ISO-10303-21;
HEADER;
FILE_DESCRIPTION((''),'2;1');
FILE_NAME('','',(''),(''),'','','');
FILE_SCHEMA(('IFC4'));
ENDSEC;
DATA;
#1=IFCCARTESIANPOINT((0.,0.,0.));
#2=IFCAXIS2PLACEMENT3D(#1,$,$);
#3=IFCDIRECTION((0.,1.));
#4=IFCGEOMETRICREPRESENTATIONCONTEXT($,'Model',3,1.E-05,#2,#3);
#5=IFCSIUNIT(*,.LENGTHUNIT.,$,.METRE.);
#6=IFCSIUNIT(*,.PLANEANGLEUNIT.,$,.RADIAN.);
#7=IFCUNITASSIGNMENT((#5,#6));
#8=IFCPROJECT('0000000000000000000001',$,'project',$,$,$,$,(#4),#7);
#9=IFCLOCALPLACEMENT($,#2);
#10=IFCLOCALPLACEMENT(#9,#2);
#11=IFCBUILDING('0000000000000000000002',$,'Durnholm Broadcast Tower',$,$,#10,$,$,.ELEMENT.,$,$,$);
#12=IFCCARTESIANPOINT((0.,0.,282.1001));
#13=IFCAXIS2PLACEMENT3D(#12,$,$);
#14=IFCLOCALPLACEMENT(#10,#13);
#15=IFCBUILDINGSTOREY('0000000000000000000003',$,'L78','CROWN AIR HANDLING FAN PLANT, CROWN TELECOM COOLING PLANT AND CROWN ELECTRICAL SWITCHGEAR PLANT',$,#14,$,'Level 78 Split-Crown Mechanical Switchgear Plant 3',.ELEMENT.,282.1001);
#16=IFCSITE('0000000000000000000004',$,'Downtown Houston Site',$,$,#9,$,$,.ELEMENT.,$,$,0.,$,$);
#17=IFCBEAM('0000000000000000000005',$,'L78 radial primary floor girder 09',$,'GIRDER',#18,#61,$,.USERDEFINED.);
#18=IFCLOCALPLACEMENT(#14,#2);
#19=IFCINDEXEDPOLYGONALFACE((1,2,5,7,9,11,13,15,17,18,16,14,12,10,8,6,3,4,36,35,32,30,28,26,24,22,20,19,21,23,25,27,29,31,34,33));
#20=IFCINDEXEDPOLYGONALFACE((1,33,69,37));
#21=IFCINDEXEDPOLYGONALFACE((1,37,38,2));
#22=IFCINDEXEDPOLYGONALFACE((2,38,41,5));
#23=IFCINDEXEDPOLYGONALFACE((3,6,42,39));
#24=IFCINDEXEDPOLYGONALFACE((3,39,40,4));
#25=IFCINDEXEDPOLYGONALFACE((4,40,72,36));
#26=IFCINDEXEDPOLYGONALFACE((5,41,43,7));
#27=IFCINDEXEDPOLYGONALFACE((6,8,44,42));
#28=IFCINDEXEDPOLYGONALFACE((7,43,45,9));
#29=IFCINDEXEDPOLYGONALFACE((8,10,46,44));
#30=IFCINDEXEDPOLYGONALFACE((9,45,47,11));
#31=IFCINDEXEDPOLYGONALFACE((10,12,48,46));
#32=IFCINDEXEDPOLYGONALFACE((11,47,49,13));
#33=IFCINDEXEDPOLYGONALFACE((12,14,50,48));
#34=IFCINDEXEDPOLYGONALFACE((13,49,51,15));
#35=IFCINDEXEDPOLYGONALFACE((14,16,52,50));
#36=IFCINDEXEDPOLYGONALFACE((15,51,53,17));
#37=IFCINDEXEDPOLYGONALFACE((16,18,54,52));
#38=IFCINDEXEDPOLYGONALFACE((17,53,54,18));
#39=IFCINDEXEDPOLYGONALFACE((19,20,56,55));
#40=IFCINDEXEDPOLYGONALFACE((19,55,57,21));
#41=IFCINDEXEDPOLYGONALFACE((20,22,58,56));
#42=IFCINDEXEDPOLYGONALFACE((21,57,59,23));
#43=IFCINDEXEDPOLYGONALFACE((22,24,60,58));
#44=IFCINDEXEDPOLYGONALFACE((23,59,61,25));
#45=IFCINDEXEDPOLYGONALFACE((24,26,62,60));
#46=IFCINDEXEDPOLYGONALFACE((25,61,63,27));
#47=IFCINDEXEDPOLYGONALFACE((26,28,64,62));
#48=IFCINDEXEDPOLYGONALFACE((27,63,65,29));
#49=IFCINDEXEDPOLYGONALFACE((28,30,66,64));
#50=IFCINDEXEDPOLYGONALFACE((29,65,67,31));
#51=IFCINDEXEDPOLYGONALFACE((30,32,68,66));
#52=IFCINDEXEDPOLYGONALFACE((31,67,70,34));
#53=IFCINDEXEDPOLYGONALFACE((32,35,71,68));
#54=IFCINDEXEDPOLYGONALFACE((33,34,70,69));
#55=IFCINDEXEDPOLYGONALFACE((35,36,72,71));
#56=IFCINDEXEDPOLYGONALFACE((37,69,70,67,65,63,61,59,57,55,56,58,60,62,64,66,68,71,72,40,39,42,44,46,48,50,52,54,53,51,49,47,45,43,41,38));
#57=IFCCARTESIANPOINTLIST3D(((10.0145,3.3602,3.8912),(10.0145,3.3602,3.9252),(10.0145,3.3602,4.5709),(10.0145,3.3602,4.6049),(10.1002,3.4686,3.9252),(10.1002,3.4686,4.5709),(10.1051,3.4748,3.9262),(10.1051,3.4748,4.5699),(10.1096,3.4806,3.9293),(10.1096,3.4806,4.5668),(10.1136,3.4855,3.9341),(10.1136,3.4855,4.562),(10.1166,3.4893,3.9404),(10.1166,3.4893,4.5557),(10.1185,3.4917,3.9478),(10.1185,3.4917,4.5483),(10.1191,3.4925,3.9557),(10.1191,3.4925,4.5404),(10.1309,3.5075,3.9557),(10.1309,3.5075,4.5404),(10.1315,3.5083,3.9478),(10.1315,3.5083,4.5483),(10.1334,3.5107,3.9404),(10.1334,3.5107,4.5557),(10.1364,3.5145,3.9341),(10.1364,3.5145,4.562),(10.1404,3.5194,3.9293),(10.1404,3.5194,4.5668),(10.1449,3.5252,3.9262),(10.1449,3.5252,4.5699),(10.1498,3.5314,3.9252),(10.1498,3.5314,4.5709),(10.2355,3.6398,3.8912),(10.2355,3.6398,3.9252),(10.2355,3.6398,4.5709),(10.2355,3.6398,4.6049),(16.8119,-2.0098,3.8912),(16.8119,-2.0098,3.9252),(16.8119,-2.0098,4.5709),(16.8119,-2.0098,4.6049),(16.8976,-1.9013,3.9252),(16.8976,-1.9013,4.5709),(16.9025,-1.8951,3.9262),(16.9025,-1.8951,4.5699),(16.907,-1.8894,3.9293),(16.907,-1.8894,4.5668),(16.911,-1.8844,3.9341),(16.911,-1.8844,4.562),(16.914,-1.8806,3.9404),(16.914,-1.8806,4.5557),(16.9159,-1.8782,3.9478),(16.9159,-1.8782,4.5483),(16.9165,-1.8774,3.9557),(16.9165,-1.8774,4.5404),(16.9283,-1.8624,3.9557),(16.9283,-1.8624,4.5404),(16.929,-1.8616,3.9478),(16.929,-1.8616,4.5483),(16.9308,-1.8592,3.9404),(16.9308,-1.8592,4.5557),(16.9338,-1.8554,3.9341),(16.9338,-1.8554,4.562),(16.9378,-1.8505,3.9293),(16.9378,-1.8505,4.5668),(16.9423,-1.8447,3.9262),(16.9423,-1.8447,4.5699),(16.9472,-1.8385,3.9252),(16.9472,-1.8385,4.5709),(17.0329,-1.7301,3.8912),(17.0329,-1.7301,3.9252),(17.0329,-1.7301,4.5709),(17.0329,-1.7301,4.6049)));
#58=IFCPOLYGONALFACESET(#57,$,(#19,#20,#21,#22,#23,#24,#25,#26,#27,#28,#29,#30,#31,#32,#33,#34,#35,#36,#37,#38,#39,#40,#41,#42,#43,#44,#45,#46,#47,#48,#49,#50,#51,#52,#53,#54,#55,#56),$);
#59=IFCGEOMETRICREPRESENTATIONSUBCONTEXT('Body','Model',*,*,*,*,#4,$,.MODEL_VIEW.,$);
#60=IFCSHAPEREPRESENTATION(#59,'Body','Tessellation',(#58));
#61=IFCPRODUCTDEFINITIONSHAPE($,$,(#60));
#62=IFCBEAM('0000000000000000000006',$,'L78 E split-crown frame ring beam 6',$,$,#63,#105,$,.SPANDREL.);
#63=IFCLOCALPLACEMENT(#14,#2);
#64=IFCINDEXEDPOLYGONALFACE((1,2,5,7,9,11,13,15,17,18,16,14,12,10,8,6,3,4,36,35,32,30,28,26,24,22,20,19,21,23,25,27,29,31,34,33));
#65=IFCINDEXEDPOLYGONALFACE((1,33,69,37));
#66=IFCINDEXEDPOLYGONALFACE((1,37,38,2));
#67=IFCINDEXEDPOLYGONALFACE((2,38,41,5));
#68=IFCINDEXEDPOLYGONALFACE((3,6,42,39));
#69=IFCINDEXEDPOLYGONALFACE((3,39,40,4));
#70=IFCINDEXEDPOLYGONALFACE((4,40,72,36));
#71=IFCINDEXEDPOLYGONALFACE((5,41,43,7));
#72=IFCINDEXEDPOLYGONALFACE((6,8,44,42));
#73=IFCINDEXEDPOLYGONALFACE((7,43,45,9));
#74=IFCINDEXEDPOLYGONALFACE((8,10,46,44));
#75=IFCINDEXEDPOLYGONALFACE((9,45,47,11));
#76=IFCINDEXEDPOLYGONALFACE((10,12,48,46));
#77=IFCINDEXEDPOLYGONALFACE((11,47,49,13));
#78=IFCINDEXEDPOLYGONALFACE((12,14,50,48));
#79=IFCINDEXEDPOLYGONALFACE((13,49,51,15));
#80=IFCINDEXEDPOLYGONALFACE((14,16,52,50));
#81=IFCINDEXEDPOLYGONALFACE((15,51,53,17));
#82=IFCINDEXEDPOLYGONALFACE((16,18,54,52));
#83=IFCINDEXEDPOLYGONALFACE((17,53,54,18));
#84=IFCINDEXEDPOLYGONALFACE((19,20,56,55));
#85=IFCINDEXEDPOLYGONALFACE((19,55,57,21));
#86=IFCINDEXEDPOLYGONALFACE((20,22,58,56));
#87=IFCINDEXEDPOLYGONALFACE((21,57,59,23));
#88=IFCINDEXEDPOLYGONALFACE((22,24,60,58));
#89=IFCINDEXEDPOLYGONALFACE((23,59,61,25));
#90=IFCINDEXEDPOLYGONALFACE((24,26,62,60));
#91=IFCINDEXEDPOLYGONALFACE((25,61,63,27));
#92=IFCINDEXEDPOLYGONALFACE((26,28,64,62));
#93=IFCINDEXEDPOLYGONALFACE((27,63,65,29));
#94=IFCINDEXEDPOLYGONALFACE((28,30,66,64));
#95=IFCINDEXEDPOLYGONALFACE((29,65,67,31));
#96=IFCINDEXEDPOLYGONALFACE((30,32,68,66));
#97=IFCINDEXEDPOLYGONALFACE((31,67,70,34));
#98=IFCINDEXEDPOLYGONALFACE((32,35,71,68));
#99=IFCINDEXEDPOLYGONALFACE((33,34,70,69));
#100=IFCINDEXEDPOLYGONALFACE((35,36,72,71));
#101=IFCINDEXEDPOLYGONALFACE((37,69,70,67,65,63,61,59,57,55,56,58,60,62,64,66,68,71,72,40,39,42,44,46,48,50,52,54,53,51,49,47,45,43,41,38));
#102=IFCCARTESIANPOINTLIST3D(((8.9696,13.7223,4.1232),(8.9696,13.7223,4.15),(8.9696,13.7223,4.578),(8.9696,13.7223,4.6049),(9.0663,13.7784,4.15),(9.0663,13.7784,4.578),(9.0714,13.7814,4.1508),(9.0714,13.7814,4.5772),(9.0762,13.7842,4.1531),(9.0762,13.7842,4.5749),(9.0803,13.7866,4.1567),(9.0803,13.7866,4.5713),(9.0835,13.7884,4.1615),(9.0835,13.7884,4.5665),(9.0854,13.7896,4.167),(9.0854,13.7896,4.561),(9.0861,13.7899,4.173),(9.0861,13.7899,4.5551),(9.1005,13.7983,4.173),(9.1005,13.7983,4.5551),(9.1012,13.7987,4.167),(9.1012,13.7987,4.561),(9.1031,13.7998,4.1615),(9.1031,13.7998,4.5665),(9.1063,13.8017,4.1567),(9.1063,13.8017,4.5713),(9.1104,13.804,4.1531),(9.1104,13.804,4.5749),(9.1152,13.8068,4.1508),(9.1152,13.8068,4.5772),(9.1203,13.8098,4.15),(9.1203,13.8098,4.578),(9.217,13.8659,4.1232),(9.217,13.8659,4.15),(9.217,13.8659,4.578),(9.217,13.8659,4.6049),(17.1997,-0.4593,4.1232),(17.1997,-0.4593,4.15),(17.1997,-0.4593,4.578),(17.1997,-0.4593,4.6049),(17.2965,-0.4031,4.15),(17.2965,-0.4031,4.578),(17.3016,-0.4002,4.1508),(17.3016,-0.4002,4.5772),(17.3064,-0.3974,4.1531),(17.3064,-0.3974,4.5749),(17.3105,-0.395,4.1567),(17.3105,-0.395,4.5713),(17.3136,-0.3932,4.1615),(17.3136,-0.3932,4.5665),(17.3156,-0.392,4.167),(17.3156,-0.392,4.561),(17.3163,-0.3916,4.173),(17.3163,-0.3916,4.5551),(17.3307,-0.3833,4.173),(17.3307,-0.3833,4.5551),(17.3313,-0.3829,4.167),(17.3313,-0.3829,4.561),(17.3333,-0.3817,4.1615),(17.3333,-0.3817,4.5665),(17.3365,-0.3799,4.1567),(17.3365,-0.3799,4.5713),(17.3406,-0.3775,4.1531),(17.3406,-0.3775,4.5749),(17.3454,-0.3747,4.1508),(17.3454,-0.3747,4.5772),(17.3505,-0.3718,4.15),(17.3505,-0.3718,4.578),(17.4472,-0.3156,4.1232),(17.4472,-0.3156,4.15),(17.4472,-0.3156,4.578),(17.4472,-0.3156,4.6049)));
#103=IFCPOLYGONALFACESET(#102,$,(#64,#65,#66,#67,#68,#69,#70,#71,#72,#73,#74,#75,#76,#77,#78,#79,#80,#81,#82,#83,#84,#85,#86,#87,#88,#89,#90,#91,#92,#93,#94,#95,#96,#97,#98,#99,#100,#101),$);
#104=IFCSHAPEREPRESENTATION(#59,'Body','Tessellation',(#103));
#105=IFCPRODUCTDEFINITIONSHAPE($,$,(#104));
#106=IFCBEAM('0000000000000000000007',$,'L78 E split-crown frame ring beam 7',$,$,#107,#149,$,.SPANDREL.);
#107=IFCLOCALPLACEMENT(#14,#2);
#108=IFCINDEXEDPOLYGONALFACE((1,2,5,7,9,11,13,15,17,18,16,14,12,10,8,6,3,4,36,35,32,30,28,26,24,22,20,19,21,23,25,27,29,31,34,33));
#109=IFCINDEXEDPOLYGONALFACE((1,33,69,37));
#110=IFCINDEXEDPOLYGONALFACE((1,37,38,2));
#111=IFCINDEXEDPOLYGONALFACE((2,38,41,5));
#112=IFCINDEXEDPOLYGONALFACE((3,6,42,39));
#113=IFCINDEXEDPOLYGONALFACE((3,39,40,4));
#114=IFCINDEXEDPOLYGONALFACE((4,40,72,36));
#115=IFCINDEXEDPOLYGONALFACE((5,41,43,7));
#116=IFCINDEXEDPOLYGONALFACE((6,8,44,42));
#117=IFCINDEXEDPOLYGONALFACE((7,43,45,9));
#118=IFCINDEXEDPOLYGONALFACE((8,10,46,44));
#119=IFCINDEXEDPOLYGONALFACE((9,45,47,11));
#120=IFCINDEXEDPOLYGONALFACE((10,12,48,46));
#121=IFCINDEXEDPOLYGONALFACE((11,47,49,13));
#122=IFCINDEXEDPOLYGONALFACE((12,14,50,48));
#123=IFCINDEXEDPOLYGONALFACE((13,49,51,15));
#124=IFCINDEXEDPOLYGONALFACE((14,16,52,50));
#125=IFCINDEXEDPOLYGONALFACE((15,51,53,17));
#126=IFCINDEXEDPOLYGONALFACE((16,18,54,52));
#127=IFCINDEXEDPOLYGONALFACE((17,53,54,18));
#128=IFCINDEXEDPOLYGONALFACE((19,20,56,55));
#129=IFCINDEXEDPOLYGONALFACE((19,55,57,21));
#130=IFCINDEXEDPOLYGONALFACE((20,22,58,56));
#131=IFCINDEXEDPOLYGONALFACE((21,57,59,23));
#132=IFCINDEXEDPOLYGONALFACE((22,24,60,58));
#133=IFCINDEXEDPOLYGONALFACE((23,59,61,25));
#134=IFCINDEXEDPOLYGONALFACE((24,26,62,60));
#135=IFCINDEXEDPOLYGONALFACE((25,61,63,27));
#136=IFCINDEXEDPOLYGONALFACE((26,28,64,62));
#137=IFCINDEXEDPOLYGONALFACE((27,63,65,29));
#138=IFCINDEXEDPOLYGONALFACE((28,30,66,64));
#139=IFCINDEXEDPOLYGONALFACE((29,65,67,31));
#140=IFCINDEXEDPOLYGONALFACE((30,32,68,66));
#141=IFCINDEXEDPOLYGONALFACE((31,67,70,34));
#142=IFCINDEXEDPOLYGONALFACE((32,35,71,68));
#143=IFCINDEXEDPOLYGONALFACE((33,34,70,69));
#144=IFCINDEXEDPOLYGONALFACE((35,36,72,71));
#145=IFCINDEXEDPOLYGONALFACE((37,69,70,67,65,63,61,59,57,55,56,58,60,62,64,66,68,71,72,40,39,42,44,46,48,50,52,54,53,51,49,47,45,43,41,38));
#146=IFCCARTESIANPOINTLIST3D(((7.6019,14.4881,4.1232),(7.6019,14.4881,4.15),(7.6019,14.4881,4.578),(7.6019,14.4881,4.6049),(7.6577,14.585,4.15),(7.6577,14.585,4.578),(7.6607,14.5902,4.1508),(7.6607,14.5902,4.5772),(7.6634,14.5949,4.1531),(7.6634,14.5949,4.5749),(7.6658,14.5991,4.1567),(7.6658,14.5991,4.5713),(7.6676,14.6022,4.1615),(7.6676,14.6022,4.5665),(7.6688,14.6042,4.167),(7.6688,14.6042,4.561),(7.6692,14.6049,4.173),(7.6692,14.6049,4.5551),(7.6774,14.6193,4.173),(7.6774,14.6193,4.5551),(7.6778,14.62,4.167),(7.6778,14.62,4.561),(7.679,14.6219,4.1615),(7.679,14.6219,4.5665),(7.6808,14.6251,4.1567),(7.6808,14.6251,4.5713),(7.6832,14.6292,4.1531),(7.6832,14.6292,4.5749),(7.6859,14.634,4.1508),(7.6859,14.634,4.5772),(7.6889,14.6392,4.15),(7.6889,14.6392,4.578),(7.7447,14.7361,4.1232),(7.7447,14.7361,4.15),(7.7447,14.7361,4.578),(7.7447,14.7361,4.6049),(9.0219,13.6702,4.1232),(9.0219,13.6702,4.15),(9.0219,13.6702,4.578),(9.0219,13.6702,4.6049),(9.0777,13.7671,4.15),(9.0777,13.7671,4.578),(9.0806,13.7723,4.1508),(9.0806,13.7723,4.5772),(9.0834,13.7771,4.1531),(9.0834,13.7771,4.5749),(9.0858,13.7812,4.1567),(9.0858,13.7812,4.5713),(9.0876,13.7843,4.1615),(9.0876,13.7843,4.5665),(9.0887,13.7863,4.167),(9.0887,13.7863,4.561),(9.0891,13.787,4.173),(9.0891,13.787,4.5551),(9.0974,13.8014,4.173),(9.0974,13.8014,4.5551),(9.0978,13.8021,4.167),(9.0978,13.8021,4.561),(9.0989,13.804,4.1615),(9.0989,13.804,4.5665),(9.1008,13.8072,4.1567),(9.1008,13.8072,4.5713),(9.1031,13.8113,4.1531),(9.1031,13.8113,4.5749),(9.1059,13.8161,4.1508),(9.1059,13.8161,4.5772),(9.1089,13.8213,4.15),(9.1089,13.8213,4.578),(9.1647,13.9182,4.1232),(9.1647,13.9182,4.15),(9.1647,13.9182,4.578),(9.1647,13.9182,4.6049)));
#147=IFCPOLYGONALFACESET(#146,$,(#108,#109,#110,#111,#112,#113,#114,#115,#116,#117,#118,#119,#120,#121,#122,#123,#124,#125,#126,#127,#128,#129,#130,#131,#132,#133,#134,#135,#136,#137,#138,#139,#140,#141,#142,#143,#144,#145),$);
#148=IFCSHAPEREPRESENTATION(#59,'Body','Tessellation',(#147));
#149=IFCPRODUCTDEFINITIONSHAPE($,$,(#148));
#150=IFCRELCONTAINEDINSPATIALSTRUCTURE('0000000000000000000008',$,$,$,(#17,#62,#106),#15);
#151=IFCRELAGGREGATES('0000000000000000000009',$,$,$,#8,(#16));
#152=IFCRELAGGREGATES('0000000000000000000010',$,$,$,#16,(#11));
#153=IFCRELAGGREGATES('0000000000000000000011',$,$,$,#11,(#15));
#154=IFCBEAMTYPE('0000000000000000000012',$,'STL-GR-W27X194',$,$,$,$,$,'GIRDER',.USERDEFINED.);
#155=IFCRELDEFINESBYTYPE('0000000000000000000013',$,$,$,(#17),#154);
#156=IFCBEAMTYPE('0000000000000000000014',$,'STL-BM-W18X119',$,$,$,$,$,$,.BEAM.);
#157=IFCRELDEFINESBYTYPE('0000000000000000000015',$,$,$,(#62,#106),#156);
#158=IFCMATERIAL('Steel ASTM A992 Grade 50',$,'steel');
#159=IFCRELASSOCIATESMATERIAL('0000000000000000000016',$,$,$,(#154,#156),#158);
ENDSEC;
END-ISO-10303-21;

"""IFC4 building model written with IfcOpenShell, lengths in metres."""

from ifc_helpers import new_model, si_unit, direction, frame, origin, origin_2d, place, context, subcontext, project, spatial, i_section, extrude, source, transform, mapped, material, material_profile, profile_set, type_object, element, save


model = new_model("IFC4")

# Units and contexts
model_context = context("Model", 3, precision=1e-05, world=origin(), true_north=direction((0.0, 1.0)))
body_context = subcontext(model_context, "Body", "Model", "MODEL_VIEW")
ifc_project = project(units=[si_unit("LENGTHUNIT", "METRE"), si_unit("PLANEANGLEUNIT", "RADIAN")], contexts=[model_context])

# Site, building, storey
site_placement = place(None, origin())
site = spatial("IfcSite", under=ifc_project, at=site_placement, Name="Downtown Houston Site", CompositionType="ELEMENT", RefElevation=0.0)
building_placement = place(site_placement, origin())
building = spatial("IfcBuilding", under=site, at=building_placement, Name="Durnholm Broadcast Tower", CompositionType="ELEMENT")
storey_placement = place(building_placement, frame((0.0, 0.0, 282.1001)))
storey = spatial("IfcBuildingStorey", under=building, at=storey_placement, Name="L78", Description="CROWN AIR HANDLING FAN PLANT, CROWN TELECOM COOLING PLANT AND CROWN ELECTRICAL SWITCHGEAR PLANT", LongName="Level 78 Split-Crown Mechanical Switchgear Plant 3", CompositionType="ELEMENT", Elevation=282.1001)

# Beams
ifc_material_1 = material(Name="Steel ASTM A992 Grade 50", Category="steel")
ifc_material_profile_1 = material_profile(ifc_material_1, i_section(OverallWidth=0.3564, OverallDepth=0.7136, WebThickness=0.019, FlangeThickness=0.0339, FilletRadius=0.0305, at=origin_2d()), Name="W27X194")
ifc_profile_set_1 = profile_set([ifc_material_profile_1], Name="Steel ASTM A992 Grade 50")
beam_type_1 = type_object("IfcBeamType", Name="STL-GR-W27X194", ElementType="GIRDER", PredefinedType="USERDEFINED", material=ifc_profile_set_1)
shared_shape_1 = source(origin(), body_context, "Body", "SweptSolid", [
    extrude(i_section(OverallWidth=0.3564, OverallDepth=0.7136, WebThickness=0.019, FlangeThickness=0.0339, FilletRadius=0.0305, at=origin_2d()), origin(), (0.0, 0.0, 1.0), 8.6626),
])
beam_1_placement = place(storey_placement, frame((10.125, 3.5, 4.248), z_axis=(0.784684, -0.619896, 0.0), x_axis=(0.619896, 0.784684, 0.0)))
element("IfcBeam", 1, at=beam_1_placement, inside=storey, type_object=beam_type_1, Name="L78 radial primary floor girder 09", ObjectType="GIRDER", PredefinedType="USERDEFINED", context=body_context, shape_type="MappedRepresentation", body=[
    mapped(shared_shape_1, transform((0.0, 0.0, 0.0), x_axis=(1.0, 0.0, 0.0), y_axis=(0.0, 1.0, 0.0), z_axis=(0.0, 0.0, 1.0), scale=1.0)),
])
ifc_material_profile_2 = material_profile(ifc_material_1, i_section(OverallWidth=0.2861, OverallDepth=0.4817, WebThickness=0.0166, FlangeThickness=0.0269, FilletRadius=0.0229, at=origin_2d()), Name="W18X119")
ifc_profile_set_2 = profile_set([ifc_material_profile_2], Name="Steel ASTM A992 Grade 50")
beam_type_2 = type_object("IfcBeamType", Name="STL-BM-W18X119", PredefinedType="BEAM", material=ifc_profile_set_2)
shared_shape_2 = source(origin(), body_context, "Body", "SweptSolid", [
    extrude(i_section(OverallWidth=0.2861, OverallDepth=0.4817, WebThickness=0.0166, FlangeThickness=0.0269, FilletRadius=0.0229, at=origin_2d()), origin(), (0.0, 0.0, 1.0), 16.3967),
])
beam_2_placement = place(storey_placement, frame((17.3235, -0.3875, 4.364), z_axis=(-0.50194, 0.864902, 0.0), x_axis=(-0.864902, -0.50194, 0.0)))
element("IfcBeam", 2, at=beam_2_placement, inside=storey, type_object=beam_type_2, Name="L78 E split-crown frame ring beam 6", PredefinedType="SPANDREL", context=body_context, shape_type="MappedRepresentation", body=[
    mapped(shared_shape_2, transform((0.0, 0.0, 0.0), x_axis=(1.0, 0.0, 0.0), y_axis=(0.0, 1.0, 0.0), z_axis=(0.0, 0.0, 1.0), scale=1.0)),
])
shared_shape_3 = source(origin(), body_context, "Body", "SweptSolid", [
    extrude(i_section(OverallWidth=0.2861, OverallDepth=0.4817, WebThickness=0.0166, FlangeThickness=0.0269, FilletRadius=0.0229, at=origin_2d()), origin(), (0.0, 0.0, 1.0), 1.6387),
])
beam_3_placement = place(storey_placement, frame((9.0933, 13.7942, 4.364), z_axis=(-0.866533, 0.49912, 0.0), x_axis=(-0.49912, -0.866533, 0.0)))
element("IfcBeam", 3, at=beam_3_placement, inside=storey, type_object=beam_type_2, Name="L78 E split-crown frame ring beam 7", PredefinedType="SPANDREL", context=body_context, shape_type="MappedRepresentation", body=[
    mapped(shared_shape_3, transform((0.0, 0.0, 0.0), x_axis=(1.0, 0.0, 0.0), y_axis=(0.0, 1.0, 0.0), z_axis=(0.0, 0.0, 1.0), scale=1.0)),
])

save(model, "model.ifc")
